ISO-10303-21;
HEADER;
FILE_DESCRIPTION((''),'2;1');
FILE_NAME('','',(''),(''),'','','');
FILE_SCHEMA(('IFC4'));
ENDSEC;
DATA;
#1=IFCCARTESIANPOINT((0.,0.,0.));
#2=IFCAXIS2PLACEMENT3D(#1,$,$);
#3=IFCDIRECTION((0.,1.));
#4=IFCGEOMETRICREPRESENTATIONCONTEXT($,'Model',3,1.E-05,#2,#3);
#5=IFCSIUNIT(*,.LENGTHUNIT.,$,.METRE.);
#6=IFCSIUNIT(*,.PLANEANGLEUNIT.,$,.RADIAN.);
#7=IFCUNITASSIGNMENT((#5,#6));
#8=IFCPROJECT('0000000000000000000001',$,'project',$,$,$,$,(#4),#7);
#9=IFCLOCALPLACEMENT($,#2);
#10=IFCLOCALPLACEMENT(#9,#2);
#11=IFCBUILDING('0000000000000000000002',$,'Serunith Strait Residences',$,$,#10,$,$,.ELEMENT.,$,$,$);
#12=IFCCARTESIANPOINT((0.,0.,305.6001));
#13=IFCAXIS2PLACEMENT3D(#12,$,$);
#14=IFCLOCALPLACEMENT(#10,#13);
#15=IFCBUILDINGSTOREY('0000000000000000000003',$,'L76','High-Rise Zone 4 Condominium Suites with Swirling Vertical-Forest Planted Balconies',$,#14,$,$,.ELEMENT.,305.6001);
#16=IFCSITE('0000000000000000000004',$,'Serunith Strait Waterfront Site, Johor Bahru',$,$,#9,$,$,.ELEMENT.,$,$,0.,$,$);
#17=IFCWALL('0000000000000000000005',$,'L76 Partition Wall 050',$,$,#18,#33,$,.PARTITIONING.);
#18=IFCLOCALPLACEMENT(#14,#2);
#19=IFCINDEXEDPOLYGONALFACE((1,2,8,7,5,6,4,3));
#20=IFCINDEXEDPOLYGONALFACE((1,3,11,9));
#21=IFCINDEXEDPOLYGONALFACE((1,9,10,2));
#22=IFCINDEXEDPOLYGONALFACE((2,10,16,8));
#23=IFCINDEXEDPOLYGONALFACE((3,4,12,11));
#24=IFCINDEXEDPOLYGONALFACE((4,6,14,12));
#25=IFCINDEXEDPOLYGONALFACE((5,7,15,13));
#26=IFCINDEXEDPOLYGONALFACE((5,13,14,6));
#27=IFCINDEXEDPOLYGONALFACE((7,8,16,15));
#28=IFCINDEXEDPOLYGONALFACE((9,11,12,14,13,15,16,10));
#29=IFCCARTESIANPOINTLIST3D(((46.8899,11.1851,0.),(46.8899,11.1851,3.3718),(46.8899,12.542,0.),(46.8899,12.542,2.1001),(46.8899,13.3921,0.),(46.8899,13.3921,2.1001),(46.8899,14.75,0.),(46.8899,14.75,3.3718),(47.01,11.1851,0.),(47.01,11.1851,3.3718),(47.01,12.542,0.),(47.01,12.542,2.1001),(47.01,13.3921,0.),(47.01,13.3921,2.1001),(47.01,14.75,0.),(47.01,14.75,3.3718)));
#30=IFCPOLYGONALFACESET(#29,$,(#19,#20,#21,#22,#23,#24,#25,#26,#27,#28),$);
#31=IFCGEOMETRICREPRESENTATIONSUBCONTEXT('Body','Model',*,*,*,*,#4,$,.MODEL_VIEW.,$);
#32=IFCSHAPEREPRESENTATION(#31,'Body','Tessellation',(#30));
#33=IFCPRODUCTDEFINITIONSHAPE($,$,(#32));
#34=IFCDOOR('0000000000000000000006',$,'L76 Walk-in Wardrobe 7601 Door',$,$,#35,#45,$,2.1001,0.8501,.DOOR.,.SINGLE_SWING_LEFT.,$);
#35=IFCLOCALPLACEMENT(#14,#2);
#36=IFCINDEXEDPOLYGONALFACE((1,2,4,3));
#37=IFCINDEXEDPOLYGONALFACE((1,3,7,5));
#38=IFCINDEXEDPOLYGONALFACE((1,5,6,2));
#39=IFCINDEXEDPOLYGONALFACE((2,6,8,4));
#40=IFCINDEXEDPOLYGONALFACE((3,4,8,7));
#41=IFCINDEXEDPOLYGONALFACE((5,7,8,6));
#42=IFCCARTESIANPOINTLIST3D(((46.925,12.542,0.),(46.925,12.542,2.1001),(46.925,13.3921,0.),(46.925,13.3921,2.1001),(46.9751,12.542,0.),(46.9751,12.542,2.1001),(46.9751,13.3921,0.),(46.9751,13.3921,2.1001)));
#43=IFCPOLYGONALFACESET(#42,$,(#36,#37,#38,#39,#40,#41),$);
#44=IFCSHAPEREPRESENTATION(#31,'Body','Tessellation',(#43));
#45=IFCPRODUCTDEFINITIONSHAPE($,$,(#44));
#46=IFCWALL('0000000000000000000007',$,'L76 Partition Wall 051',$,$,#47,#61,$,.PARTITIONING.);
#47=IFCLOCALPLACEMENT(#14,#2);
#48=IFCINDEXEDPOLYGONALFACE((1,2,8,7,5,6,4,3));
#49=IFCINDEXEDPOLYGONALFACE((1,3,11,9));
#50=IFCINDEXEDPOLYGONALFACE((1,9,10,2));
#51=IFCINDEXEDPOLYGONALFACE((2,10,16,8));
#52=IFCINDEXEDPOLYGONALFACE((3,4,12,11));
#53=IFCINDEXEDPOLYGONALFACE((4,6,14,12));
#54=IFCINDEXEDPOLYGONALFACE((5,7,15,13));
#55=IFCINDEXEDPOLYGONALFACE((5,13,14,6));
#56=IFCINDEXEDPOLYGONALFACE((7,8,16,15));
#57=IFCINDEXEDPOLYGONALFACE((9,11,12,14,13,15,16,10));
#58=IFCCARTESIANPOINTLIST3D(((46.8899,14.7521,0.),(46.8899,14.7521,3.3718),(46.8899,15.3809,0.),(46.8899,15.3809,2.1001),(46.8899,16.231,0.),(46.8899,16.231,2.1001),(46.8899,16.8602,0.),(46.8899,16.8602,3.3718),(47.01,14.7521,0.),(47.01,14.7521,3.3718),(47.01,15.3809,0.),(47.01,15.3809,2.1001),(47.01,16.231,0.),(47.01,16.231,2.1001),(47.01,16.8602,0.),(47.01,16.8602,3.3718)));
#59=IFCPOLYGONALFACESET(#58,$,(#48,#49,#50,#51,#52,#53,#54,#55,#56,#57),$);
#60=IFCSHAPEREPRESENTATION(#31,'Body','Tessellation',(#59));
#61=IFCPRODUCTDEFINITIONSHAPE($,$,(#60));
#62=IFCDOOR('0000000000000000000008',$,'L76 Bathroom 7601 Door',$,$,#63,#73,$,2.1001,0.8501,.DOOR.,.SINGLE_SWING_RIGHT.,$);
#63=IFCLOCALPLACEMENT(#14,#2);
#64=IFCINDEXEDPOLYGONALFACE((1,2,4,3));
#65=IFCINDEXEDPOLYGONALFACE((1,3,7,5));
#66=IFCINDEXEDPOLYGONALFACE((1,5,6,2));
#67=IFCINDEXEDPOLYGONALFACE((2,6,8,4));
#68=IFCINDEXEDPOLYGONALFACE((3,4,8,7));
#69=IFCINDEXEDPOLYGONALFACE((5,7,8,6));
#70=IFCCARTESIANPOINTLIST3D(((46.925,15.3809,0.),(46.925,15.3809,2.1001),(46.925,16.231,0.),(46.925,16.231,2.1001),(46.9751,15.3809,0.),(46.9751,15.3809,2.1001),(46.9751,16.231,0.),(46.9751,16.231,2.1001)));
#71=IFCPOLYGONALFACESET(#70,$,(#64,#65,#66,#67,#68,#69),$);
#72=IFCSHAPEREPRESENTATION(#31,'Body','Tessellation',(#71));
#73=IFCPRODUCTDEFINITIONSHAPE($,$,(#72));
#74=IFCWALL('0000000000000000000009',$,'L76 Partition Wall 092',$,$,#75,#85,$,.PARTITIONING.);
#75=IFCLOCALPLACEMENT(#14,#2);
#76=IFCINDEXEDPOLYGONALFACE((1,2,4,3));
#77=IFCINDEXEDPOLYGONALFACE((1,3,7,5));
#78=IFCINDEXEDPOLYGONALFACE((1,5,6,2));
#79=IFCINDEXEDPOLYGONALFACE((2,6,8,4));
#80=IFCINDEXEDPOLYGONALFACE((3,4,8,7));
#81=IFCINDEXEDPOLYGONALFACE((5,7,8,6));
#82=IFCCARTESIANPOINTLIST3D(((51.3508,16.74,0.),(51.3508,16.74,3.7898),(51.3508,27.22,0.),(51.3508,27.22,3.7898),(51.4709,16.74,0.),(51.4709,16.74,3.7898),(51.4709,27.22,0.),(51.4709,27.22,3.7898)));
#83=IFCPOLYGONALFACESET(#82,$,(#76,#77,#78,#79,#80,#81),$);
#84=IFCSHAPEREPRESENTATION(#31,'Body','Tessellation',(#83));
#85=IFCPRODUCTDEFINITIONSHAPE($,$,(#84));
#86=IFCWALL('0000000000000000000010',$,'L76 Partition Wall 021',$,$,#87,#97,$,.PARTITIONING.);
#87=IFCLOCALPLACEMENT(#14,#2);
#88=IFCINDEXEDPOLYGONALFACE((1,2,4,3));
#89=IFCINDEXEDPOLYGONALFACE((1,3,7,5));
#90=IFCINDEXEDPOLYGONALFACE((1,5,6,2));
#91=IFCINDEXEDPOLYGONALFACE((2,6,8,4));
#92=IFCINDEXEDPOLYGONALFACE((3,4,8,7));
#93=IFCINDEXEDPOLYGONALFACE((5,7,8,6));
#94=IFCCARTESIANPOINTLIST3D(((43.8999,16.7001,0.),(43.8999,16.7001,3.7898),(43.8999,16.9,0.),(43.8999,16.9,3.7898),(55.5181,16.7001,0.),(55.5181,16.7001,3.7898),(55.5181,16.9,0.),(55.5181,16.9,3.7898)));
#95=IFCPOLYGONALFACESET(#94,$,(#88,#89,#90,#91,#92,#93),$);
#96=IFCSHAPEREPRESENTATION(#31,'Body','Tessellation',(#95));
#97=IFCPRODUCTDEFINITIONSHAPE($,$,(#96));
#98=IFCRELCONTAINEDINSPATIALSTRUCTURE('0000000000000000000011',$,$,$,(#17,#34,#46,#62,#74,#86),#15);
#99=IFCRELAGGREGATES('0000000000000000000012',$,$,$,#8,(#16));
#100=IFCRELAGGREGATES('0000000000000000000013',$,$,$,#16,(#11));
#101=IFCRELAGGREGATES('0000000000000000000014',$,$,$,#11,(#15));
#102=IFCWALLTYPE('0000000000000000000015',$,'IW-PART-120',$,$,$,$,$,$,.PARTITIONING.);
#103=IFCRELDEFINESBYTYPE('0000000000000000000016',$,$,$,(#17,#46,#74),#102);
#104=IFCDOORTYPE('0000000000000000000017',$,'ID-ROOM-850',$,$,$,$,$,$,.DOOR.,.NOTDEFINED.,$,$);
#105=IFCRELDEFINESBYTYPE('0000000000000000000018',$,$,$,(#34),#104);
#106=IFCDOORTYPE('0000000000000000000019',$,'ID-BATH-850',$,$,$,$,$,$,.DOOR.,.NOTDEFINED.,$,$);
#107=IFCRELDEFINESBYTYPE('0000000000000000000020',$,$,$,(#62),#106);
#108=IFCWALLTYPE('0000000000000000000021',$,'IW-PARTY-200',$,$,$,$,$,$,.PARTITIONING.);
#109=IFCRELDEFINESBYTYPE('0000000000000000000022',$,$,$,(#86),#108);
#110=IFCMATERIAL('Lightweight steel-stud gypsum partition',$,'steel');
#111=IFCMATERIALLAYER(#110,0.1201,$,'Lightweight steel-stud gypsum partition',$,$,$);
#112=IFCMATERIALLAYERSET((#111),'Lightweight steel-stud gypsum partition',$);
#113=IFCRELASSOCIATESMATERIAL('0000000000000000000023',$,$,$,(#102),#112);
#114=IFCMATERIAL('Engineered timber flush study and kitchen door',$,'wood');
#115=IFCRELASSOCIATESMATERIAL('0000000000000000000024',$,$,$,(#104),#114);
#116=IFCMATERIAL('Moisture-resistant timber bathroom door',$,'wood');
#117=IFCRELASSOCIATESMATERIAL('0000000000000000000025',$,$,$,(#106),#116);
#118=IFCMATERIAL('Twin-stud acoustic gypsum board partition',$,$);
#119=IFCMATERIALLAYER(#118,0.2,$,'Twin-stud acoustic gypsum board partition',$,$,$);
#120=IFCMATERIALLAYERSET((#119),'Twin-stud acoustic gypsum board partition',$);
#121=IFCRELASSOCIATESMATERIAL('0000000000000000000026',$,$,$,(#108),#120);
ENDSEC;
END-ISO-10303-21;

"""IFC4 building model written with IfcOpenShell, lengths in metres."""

from ifc_helpers import new_model, si_unit, direction, frame, frame_2d, origin, place, context, subcontext, project, spatial, rectangle, extrude, source, transform, mapped, material, layer, layer_set, type_object, element, fill, save


model = new_model("IFC4")

# Units and contexts
model_context = context("Model", 3, precision=1e-05, world=origin(), true_north=direction((0.0, 1.0)))
body_context = subcontext(model_context, "Body", "Model", "MODEL_VIEW")
ifc_project = project(units=[si_unit("LENGTHUNIT", "METRE"), si_unit("PLANEANGLEUNIT", "RADIAN")], contexts=[model_context])

# Site, building, storey
site_placement = place(None, origin())
site = spatial("IfcSite", under=ifc_project, at=site_placement, Name="Serunith Strait Waterfront Site, Johor Bahru", CompositionType="ELEMENT", RefElevation=0.0)
building_placement = place(site_placement, origin())
building = spatial("IfcBuilding", under=site, at=building_placement, Name="Serunith Strait Residences", CompositionType="ELEMENT")
storey_placement = place(building_placement, frame((0.0, 0.0, 305.6001)))
storey = spatial("IfcBuildingStorey", under=building, at=storey_placement, Name="L76", Description="High-Rise Zone 4 Condominium Suites with Swirling Vertical-Forest Planted Balconies", CompositionType="ELEMENT", Elevation=305.6001)

# Shared definitions
ifc_material_1 = material(Name="Lightweight steel-stud gypsum partition", Category="steel")
ifc_layer_1 = layer(ifc_material_1, 0.1201, Name="Lightweight steel-stud gypsum partition")
ifc_layer_set_1 = layer_set([ifc_layer_1], Name="Lightweight steel-stud gypsum partition")
wall_type_1 = type_object("IfcWallType", Name="IW-PART-120", PredefinedType="PARTITIONING", material=ifc_layer_set_1)

# Walls, openings, doors
wall_1_placement = place(storey_placement, frame((46.95, 11.1851, 0.0), z_axis=(0.0, 0.0, 1.0), x_axis=(0.0, 1.0, 0.0)))
wall_1 = element("IfcWall", 1, at=wall_1_placement, inside=storey, type_object=wall_type_1, Name="L76 Partition Wall 050", PredefinedType="PARTITIONING", context=body_context, shape_type="SweptSolid", body=[
    extrude(rectangle(XDim=3.5649, YDim=0.1201, at=frame_2d((1.7825, 0.0))), origin(), (0.0, 0.0, 1.0), 3.3718),
])
opening_1_placement = place(wall_1_placement, frame((1.3569, 0.0, 0.0)))
opening_1 = element("IfcOpeningElement", 2, at=opening_1_placement, cuts=wall_1, PredefinedType="OPENING", context=body_context, shape_type="SweptSolid", body=[
    extrude(rectangle(XDim=0.8501, YDim=2.1001, at=frame_2d((0.425, 1.05))), frame((0.0, 0.0701, 0.0), z_axis=(0.0, -1.0, 0.0), x_axis=(1.0, 0.0, 0.0)), (0.0, 0.0, 1.0), 0.1401),
])
ifc_material_2 = material(Name="Engineered timber flush study and kitchen door", Category="wood")
door_type_1 = type_object("IfcDoorType", Name="ID-ROOM-850", OperationType="NOTDEFINED", PredefinedType="DOOR", material=ifc_material_2)
shared_shape_1 = source(origin(), body_context, "Body", "SweptSolid", [
    extrude(rectangle(XDim=0.8501, YDim=2.1001, at=frame_2d((0.425, 1.05))), frame((0.0, 0.0249, 0.0), z_axis=(0.0, -1.0, 0.0), x_axis=(1.0, 0.0, 0.0)), (0.0, 0.0, 1.0), 0.05),
])
door_1_placement = place(opening_1_placement, origin())
door_1 = element("IfcDoor", 3, at=door_1_placement, inside=storey, type_object=door_type_1, Name="L76 Walk-in Wardrobe 7601 Door", OperationType="SINGLE_SWING_LEFT", OverallHeight=2.1001, OverallWidth=0.8501, PredefinedType="DOOR", context=body_context, shape_type="MappedRepresentation", body=[
    mapped(shared_shape_1, transform((0.0, 0.0, 0.0), scale=1.0)),
])
fill(opening_1, door_1)
wall_2_placement = place(storey_placement, frame((46.95, 14.752, 0.0), z_axis=(0.0, 0.0, 1.0), x_axis=(0.0, 1.0, 0.0)))
wall_2 = element("IfcWall", 4, at=wall_2_placement, inside=storey, type_object=wall_type_1, Name="L76 Partition Wall 051", PredefinedType="PARTITIONING", context=body_context, shape_type="SweptSolid", body=[
    extrude(rectangle(XDim=2.1082, YDim=0.1201, at=frame_2d((1.0542, 0.0))), origin(), (0.0, 0.0, 1.0), 3.3718),
])
opening_2_placement = place(wall_2_placement, frame((0.6289, 0.0, 0.0)))
opening_2 = element("IfcOpeningElement", 5, at=opening_2_placement, cuts=wall_2, PredefinedType="OPENING", context=body_context, shape_type="SweptSolid", body=[
    extrude(rectangle(XDim=0.8501, YDim=2.1001, at=frame_2d((0.425, 1.05))), frame((0.0, 0.0701, 0.0), z_axis=(0.0, -1.0, 0.0), x_axis=(1.0, 0.0, 0.0)), (0.0, 0.0, 1.0), 0.1401),
])
ifc_material_3 = material(Name="Moisture-resistant timber bathroom door", Category="wood")
door_type_2 = type_object("IfcDoorType", Name="ID-BATH-850", OperationType="NOTDEFINED", PredefinedType="DOOR", material=ifc_material_3)
door_2_placement = place(opening_2_placement, origin())
door_2 = element("IfcDoor", 6, at=door_2_placement, inside=storey, type_object=door_type_2, Name="L76 Bathroom 7601 Door", OperationType="SINGLE_SWING_RIGHT", OverallHeight=2.1001, OverallWidth=0.8501, PredefinedType="DOOR", context=body_context, shape_type="MappedRepresentation", body=[
    mapped(shared_shape_1, transform((0.0, 0.0, 0.0), scale=1.0)),
])
fill(opening_2, door_2)

# Walls
wall_3_placement = place(storey_placement, frame((51.4109, 16.74, 0.0), z_axis=(0.0, 0.0, 1.0), x_axis=(0.0, 1.0, 0.0)))
element("IfcWall", 7, at=wall_3_placement, inside=storey, type_object=wall_type_1, Name="L76 Partition Wall 092", PredefinedType="PARTITIONING", context=body_context, shape_type="SweptSolid", body=[
    extrude(rectangle(XDim=10.48, YDim=0.1201, at=frame_2d((5.24, 0.0))), origin(), (0.0, 0.0, 1.0), 3.7898),
])
ifc_material_4 = material(Name="Twin-stud acoustic gypsum board partition")
ifc_layer_2 = layer(ifc_material_4, 0.2, Name="Twin-stud acoustic gypsum board partition")
ifc_layer_set_2 = layer_set([ifc_layer_2], Name="Twin-stud acoustic gypsum board partition")
wall_type_2 = type_object("IfcWallType", Name="IW-PARTY-200", PredefinedType="PARTITIONING", material=ifc_layer_set_2)
wall_4_placement = place(storey_placement, frame((43.8999, 16.8, 0.0), z_axis=(0.0, 0.0, 1.0), x_axis=(1.0, 0.0, 0.0)))
element("IfcWall", 8, at=wall_4_placement, inside=storey, type_object=wall_type_2, Name="L76 Partition Wall 021", PredefinedType="PARTITIONING", context=body_context, shape_type="SweptSolid", body=[
    extrude(rectangle(XDim=11.6182, YDim=0.2, at=frame_2d((5.8091, 0.0))), origin(), (0.0, 0.0, 1.0), 3.7898),
])

save(model, "model.ifc")
